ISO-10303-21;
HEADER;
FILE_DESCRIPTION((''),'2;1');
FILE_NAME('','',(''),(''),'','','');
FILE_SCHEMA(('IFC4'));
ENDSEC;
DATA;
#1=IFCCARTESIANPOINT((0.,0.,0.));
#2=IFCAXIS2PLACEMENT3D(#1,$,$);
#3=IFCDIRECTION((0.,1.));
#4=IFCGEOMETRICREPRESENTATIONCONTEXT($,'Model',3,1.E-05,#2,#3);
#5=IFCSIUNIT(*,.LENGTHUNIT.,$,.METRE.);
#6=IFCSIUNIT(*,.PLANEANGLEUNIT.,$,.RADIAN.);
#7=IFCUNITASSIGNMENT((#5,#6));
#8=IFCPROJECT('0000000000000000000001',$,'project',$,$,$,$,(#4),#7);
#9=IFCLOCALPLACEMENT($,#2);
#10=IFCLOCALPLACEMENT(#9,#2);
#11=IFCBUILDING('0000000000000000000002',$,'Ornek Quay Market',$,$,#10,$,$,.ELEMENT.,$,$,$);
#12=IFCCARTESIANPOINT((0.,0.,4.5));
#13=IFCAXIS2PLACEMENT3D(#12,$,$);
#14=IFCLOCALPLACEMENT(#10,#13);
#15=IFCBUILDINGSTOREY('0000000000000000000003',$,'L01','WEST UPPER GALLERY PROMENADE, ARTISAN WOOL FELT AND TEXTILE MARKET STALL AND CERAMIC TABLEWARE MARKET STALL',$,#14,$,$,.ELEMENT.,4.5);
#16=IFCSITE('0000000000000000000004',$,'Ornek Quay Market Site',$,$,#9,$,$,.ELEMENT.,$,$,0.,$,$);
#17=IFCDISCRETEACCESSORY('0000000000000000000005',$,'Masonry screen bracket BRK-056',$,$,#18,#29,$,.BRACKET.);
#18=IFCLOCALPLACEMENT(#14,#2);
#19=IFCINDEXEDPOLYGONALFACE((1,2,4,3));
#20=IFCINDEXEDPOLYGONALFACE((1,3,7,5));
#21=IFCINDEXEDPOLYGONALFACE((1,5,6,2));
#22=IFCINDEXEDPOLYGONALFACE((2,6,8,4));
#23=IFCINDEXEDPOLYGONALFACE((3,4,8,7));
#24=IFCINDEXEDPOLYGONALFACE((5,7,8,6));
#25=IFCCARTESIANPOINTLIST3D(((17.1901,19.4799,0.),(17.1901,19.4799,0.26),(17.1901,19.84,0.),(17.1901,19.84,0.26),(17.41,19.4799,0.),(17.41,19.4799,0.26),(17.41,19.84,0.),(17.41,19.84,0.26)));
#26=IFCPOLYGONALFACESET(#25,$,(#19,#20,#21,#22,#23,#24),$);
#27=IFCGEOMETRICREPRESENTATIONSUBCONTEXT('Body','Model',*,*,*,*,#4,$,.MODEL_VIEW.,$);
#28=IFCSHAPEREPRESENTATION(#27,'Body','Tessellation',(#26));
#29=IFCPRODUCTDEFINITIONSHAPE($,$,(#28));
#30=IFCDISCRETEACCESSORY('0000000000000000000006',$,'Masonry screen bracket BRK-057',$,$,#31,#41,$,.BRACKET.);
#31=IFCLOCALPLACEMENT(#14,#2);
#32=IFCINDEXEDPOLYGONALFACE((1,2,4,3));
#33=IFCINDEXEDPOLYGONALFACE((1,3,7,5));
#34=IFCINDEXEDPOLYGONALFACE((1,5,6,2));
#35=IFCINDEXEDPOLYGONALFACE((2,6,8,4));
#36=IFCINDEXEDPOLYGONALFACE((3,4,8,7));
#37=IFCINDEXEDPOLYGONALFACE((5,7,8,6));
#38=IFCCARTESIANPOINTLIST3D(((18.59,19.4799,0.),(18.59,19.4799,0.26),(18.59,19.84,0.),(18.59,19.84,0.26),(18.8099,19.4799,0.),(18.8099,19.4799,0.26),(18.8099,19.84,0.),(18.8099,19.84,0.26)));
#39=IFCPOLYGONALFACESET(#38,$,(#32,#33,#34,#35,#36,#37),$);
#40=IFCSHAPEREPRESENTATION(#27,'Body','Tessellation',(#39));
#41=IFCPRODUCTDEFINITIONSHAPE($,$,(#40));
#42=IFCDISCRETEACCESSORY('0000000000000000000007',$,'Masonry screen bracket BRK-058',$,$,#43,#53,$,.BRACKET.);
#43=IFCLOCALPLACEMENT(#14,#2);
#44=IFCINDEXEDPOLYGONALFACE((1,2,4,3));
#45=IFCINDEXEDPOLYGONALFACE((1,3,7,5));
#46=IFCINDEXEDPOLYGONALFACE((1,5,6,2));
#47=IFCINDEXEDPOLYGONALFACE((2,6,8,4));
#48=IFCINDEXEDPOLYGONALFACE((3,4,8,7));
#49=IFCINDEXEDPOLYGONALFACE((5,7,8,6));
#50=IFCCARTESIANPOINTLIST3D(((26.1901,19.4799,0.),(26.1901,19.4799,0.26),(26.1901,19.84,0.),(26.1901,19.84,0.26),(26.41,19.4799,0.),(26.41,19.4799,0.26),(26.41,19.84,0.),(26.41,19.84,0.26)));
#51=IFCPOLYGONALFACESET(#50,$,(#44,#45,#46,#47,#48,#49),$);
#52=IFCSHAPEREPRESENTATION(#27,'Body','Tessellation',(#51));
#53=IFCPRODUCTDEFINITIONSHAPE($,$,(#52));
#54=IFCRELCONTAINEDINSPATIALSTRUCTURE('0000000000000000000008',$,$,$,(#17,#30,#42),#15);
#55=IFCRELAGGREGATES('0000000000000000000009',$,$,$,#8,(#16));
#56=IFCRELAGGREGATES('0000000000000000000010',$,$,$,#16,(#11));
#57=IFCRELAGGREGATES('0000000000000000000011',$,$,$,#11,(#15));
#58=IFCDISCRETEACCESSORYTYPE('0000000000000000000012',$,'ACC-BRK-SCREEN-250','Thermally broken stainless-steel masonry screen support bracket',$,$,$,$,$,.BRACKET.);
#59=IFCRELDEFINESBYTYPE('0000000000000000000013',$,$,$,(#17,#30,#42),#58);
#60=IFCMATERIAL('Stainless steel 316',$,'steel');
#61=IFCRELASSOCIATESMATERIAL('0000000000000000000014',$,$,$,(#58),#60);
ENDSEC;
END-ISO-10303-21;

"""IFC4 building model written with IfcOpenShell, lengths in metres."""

from ifc_helpers import new_model, si_unit, direction, frame, origin, origin_2d, place, context, subcontext, project, spatial, rectangle, extrude, material, type_object, element, save


model = new_model("IFC4")

# Units and contexts
model_context = context("Model", 3, precision=1e-05, world=origin(), true_north=direction((0.0, 1.0)))
body_context = subcontext(model_context, "Body", "Model", "MODEL_VIEW")
ifc_project = project(units=[si_unit("LENGTHUNIT", "METRE"), si_unit("PLANEANGLEUNIT", "RADIAN")], contexts=[model_context])

# Site, building, storey
site_placement = place(None, origin())
site = spatial("IfcSite", under=ifc_project, at=site_placement, Name="Ornek Quay Market Site", CompositionType="ELEMENT", RefElevation=0.0)
building_placement = place(site_placement, origin())
building = spatial("IfcBuilding", under=site, at=building_placement, Name="Ornek Quay Market", CompositionType="ELEMENT")
storey_placement = place(building_placement, frame((0.0, 0.0, 4.5)))
storey = spatial("IfcBuildingStorey", under=building, at=storey_placement, Name="L01", Description="WEST UPPER GALLERY PROMENADE, ARTISAN WOOL FELT AND TEXTILE MARKET STALL AND CERAMIC TABLEWARE MARKET STALL", CompositionType="ELEMENT", Elevation=4.5)

# Discrete accessories
ifc_material_1 = material(Name="Stainless steel 316", Category="steel")
discrete_accessory_type = type_object("IfcDiscreteAccessoryType", Name="ACC-BRK-SCREEN-250", Description="Thermally broken stainless-steel masonry screen support bracket", PredefinedType="BRACKET", material=ifc_material_1)
for number, where, z_axis, x_axis, name in (
    (1, (17.3, 19.6599, 0.0), (0.0, 0.0, 1.0), (1.0, 0.0, 0.0), "Masonry screen bracket BRK-056"),
    (2, (18.7, 19.6599, 0.0), (0.0, 0.0, 1.0), (1.0, 0.0, 0.0), "Masonry screen bracket BRK-057"),
    (3, (26.3, 19.6599, 0.0), (0.0, 0.0, 1.0), (1.0, 0.0, 0.0), "Masonry screen bracket BRK-058"),
):
    element("IfcDiscreteAccessory", number, at=place(storey_placement, frame(where, z_axis=z_axis, x_axis=x_axis)), inside=storey, type_object=discrete_accessory_type, Name=name, PredefinedType="BRACKET", context=body_context, shape_type="SweptSolid", body=[
        extrude(rectangle(XDim=0.22, YDim=0.3601, at=origin_2d()), origin(), (0.0, 0.0, 1.0), 0.26),
    ])

save(model, "model.ifc")
